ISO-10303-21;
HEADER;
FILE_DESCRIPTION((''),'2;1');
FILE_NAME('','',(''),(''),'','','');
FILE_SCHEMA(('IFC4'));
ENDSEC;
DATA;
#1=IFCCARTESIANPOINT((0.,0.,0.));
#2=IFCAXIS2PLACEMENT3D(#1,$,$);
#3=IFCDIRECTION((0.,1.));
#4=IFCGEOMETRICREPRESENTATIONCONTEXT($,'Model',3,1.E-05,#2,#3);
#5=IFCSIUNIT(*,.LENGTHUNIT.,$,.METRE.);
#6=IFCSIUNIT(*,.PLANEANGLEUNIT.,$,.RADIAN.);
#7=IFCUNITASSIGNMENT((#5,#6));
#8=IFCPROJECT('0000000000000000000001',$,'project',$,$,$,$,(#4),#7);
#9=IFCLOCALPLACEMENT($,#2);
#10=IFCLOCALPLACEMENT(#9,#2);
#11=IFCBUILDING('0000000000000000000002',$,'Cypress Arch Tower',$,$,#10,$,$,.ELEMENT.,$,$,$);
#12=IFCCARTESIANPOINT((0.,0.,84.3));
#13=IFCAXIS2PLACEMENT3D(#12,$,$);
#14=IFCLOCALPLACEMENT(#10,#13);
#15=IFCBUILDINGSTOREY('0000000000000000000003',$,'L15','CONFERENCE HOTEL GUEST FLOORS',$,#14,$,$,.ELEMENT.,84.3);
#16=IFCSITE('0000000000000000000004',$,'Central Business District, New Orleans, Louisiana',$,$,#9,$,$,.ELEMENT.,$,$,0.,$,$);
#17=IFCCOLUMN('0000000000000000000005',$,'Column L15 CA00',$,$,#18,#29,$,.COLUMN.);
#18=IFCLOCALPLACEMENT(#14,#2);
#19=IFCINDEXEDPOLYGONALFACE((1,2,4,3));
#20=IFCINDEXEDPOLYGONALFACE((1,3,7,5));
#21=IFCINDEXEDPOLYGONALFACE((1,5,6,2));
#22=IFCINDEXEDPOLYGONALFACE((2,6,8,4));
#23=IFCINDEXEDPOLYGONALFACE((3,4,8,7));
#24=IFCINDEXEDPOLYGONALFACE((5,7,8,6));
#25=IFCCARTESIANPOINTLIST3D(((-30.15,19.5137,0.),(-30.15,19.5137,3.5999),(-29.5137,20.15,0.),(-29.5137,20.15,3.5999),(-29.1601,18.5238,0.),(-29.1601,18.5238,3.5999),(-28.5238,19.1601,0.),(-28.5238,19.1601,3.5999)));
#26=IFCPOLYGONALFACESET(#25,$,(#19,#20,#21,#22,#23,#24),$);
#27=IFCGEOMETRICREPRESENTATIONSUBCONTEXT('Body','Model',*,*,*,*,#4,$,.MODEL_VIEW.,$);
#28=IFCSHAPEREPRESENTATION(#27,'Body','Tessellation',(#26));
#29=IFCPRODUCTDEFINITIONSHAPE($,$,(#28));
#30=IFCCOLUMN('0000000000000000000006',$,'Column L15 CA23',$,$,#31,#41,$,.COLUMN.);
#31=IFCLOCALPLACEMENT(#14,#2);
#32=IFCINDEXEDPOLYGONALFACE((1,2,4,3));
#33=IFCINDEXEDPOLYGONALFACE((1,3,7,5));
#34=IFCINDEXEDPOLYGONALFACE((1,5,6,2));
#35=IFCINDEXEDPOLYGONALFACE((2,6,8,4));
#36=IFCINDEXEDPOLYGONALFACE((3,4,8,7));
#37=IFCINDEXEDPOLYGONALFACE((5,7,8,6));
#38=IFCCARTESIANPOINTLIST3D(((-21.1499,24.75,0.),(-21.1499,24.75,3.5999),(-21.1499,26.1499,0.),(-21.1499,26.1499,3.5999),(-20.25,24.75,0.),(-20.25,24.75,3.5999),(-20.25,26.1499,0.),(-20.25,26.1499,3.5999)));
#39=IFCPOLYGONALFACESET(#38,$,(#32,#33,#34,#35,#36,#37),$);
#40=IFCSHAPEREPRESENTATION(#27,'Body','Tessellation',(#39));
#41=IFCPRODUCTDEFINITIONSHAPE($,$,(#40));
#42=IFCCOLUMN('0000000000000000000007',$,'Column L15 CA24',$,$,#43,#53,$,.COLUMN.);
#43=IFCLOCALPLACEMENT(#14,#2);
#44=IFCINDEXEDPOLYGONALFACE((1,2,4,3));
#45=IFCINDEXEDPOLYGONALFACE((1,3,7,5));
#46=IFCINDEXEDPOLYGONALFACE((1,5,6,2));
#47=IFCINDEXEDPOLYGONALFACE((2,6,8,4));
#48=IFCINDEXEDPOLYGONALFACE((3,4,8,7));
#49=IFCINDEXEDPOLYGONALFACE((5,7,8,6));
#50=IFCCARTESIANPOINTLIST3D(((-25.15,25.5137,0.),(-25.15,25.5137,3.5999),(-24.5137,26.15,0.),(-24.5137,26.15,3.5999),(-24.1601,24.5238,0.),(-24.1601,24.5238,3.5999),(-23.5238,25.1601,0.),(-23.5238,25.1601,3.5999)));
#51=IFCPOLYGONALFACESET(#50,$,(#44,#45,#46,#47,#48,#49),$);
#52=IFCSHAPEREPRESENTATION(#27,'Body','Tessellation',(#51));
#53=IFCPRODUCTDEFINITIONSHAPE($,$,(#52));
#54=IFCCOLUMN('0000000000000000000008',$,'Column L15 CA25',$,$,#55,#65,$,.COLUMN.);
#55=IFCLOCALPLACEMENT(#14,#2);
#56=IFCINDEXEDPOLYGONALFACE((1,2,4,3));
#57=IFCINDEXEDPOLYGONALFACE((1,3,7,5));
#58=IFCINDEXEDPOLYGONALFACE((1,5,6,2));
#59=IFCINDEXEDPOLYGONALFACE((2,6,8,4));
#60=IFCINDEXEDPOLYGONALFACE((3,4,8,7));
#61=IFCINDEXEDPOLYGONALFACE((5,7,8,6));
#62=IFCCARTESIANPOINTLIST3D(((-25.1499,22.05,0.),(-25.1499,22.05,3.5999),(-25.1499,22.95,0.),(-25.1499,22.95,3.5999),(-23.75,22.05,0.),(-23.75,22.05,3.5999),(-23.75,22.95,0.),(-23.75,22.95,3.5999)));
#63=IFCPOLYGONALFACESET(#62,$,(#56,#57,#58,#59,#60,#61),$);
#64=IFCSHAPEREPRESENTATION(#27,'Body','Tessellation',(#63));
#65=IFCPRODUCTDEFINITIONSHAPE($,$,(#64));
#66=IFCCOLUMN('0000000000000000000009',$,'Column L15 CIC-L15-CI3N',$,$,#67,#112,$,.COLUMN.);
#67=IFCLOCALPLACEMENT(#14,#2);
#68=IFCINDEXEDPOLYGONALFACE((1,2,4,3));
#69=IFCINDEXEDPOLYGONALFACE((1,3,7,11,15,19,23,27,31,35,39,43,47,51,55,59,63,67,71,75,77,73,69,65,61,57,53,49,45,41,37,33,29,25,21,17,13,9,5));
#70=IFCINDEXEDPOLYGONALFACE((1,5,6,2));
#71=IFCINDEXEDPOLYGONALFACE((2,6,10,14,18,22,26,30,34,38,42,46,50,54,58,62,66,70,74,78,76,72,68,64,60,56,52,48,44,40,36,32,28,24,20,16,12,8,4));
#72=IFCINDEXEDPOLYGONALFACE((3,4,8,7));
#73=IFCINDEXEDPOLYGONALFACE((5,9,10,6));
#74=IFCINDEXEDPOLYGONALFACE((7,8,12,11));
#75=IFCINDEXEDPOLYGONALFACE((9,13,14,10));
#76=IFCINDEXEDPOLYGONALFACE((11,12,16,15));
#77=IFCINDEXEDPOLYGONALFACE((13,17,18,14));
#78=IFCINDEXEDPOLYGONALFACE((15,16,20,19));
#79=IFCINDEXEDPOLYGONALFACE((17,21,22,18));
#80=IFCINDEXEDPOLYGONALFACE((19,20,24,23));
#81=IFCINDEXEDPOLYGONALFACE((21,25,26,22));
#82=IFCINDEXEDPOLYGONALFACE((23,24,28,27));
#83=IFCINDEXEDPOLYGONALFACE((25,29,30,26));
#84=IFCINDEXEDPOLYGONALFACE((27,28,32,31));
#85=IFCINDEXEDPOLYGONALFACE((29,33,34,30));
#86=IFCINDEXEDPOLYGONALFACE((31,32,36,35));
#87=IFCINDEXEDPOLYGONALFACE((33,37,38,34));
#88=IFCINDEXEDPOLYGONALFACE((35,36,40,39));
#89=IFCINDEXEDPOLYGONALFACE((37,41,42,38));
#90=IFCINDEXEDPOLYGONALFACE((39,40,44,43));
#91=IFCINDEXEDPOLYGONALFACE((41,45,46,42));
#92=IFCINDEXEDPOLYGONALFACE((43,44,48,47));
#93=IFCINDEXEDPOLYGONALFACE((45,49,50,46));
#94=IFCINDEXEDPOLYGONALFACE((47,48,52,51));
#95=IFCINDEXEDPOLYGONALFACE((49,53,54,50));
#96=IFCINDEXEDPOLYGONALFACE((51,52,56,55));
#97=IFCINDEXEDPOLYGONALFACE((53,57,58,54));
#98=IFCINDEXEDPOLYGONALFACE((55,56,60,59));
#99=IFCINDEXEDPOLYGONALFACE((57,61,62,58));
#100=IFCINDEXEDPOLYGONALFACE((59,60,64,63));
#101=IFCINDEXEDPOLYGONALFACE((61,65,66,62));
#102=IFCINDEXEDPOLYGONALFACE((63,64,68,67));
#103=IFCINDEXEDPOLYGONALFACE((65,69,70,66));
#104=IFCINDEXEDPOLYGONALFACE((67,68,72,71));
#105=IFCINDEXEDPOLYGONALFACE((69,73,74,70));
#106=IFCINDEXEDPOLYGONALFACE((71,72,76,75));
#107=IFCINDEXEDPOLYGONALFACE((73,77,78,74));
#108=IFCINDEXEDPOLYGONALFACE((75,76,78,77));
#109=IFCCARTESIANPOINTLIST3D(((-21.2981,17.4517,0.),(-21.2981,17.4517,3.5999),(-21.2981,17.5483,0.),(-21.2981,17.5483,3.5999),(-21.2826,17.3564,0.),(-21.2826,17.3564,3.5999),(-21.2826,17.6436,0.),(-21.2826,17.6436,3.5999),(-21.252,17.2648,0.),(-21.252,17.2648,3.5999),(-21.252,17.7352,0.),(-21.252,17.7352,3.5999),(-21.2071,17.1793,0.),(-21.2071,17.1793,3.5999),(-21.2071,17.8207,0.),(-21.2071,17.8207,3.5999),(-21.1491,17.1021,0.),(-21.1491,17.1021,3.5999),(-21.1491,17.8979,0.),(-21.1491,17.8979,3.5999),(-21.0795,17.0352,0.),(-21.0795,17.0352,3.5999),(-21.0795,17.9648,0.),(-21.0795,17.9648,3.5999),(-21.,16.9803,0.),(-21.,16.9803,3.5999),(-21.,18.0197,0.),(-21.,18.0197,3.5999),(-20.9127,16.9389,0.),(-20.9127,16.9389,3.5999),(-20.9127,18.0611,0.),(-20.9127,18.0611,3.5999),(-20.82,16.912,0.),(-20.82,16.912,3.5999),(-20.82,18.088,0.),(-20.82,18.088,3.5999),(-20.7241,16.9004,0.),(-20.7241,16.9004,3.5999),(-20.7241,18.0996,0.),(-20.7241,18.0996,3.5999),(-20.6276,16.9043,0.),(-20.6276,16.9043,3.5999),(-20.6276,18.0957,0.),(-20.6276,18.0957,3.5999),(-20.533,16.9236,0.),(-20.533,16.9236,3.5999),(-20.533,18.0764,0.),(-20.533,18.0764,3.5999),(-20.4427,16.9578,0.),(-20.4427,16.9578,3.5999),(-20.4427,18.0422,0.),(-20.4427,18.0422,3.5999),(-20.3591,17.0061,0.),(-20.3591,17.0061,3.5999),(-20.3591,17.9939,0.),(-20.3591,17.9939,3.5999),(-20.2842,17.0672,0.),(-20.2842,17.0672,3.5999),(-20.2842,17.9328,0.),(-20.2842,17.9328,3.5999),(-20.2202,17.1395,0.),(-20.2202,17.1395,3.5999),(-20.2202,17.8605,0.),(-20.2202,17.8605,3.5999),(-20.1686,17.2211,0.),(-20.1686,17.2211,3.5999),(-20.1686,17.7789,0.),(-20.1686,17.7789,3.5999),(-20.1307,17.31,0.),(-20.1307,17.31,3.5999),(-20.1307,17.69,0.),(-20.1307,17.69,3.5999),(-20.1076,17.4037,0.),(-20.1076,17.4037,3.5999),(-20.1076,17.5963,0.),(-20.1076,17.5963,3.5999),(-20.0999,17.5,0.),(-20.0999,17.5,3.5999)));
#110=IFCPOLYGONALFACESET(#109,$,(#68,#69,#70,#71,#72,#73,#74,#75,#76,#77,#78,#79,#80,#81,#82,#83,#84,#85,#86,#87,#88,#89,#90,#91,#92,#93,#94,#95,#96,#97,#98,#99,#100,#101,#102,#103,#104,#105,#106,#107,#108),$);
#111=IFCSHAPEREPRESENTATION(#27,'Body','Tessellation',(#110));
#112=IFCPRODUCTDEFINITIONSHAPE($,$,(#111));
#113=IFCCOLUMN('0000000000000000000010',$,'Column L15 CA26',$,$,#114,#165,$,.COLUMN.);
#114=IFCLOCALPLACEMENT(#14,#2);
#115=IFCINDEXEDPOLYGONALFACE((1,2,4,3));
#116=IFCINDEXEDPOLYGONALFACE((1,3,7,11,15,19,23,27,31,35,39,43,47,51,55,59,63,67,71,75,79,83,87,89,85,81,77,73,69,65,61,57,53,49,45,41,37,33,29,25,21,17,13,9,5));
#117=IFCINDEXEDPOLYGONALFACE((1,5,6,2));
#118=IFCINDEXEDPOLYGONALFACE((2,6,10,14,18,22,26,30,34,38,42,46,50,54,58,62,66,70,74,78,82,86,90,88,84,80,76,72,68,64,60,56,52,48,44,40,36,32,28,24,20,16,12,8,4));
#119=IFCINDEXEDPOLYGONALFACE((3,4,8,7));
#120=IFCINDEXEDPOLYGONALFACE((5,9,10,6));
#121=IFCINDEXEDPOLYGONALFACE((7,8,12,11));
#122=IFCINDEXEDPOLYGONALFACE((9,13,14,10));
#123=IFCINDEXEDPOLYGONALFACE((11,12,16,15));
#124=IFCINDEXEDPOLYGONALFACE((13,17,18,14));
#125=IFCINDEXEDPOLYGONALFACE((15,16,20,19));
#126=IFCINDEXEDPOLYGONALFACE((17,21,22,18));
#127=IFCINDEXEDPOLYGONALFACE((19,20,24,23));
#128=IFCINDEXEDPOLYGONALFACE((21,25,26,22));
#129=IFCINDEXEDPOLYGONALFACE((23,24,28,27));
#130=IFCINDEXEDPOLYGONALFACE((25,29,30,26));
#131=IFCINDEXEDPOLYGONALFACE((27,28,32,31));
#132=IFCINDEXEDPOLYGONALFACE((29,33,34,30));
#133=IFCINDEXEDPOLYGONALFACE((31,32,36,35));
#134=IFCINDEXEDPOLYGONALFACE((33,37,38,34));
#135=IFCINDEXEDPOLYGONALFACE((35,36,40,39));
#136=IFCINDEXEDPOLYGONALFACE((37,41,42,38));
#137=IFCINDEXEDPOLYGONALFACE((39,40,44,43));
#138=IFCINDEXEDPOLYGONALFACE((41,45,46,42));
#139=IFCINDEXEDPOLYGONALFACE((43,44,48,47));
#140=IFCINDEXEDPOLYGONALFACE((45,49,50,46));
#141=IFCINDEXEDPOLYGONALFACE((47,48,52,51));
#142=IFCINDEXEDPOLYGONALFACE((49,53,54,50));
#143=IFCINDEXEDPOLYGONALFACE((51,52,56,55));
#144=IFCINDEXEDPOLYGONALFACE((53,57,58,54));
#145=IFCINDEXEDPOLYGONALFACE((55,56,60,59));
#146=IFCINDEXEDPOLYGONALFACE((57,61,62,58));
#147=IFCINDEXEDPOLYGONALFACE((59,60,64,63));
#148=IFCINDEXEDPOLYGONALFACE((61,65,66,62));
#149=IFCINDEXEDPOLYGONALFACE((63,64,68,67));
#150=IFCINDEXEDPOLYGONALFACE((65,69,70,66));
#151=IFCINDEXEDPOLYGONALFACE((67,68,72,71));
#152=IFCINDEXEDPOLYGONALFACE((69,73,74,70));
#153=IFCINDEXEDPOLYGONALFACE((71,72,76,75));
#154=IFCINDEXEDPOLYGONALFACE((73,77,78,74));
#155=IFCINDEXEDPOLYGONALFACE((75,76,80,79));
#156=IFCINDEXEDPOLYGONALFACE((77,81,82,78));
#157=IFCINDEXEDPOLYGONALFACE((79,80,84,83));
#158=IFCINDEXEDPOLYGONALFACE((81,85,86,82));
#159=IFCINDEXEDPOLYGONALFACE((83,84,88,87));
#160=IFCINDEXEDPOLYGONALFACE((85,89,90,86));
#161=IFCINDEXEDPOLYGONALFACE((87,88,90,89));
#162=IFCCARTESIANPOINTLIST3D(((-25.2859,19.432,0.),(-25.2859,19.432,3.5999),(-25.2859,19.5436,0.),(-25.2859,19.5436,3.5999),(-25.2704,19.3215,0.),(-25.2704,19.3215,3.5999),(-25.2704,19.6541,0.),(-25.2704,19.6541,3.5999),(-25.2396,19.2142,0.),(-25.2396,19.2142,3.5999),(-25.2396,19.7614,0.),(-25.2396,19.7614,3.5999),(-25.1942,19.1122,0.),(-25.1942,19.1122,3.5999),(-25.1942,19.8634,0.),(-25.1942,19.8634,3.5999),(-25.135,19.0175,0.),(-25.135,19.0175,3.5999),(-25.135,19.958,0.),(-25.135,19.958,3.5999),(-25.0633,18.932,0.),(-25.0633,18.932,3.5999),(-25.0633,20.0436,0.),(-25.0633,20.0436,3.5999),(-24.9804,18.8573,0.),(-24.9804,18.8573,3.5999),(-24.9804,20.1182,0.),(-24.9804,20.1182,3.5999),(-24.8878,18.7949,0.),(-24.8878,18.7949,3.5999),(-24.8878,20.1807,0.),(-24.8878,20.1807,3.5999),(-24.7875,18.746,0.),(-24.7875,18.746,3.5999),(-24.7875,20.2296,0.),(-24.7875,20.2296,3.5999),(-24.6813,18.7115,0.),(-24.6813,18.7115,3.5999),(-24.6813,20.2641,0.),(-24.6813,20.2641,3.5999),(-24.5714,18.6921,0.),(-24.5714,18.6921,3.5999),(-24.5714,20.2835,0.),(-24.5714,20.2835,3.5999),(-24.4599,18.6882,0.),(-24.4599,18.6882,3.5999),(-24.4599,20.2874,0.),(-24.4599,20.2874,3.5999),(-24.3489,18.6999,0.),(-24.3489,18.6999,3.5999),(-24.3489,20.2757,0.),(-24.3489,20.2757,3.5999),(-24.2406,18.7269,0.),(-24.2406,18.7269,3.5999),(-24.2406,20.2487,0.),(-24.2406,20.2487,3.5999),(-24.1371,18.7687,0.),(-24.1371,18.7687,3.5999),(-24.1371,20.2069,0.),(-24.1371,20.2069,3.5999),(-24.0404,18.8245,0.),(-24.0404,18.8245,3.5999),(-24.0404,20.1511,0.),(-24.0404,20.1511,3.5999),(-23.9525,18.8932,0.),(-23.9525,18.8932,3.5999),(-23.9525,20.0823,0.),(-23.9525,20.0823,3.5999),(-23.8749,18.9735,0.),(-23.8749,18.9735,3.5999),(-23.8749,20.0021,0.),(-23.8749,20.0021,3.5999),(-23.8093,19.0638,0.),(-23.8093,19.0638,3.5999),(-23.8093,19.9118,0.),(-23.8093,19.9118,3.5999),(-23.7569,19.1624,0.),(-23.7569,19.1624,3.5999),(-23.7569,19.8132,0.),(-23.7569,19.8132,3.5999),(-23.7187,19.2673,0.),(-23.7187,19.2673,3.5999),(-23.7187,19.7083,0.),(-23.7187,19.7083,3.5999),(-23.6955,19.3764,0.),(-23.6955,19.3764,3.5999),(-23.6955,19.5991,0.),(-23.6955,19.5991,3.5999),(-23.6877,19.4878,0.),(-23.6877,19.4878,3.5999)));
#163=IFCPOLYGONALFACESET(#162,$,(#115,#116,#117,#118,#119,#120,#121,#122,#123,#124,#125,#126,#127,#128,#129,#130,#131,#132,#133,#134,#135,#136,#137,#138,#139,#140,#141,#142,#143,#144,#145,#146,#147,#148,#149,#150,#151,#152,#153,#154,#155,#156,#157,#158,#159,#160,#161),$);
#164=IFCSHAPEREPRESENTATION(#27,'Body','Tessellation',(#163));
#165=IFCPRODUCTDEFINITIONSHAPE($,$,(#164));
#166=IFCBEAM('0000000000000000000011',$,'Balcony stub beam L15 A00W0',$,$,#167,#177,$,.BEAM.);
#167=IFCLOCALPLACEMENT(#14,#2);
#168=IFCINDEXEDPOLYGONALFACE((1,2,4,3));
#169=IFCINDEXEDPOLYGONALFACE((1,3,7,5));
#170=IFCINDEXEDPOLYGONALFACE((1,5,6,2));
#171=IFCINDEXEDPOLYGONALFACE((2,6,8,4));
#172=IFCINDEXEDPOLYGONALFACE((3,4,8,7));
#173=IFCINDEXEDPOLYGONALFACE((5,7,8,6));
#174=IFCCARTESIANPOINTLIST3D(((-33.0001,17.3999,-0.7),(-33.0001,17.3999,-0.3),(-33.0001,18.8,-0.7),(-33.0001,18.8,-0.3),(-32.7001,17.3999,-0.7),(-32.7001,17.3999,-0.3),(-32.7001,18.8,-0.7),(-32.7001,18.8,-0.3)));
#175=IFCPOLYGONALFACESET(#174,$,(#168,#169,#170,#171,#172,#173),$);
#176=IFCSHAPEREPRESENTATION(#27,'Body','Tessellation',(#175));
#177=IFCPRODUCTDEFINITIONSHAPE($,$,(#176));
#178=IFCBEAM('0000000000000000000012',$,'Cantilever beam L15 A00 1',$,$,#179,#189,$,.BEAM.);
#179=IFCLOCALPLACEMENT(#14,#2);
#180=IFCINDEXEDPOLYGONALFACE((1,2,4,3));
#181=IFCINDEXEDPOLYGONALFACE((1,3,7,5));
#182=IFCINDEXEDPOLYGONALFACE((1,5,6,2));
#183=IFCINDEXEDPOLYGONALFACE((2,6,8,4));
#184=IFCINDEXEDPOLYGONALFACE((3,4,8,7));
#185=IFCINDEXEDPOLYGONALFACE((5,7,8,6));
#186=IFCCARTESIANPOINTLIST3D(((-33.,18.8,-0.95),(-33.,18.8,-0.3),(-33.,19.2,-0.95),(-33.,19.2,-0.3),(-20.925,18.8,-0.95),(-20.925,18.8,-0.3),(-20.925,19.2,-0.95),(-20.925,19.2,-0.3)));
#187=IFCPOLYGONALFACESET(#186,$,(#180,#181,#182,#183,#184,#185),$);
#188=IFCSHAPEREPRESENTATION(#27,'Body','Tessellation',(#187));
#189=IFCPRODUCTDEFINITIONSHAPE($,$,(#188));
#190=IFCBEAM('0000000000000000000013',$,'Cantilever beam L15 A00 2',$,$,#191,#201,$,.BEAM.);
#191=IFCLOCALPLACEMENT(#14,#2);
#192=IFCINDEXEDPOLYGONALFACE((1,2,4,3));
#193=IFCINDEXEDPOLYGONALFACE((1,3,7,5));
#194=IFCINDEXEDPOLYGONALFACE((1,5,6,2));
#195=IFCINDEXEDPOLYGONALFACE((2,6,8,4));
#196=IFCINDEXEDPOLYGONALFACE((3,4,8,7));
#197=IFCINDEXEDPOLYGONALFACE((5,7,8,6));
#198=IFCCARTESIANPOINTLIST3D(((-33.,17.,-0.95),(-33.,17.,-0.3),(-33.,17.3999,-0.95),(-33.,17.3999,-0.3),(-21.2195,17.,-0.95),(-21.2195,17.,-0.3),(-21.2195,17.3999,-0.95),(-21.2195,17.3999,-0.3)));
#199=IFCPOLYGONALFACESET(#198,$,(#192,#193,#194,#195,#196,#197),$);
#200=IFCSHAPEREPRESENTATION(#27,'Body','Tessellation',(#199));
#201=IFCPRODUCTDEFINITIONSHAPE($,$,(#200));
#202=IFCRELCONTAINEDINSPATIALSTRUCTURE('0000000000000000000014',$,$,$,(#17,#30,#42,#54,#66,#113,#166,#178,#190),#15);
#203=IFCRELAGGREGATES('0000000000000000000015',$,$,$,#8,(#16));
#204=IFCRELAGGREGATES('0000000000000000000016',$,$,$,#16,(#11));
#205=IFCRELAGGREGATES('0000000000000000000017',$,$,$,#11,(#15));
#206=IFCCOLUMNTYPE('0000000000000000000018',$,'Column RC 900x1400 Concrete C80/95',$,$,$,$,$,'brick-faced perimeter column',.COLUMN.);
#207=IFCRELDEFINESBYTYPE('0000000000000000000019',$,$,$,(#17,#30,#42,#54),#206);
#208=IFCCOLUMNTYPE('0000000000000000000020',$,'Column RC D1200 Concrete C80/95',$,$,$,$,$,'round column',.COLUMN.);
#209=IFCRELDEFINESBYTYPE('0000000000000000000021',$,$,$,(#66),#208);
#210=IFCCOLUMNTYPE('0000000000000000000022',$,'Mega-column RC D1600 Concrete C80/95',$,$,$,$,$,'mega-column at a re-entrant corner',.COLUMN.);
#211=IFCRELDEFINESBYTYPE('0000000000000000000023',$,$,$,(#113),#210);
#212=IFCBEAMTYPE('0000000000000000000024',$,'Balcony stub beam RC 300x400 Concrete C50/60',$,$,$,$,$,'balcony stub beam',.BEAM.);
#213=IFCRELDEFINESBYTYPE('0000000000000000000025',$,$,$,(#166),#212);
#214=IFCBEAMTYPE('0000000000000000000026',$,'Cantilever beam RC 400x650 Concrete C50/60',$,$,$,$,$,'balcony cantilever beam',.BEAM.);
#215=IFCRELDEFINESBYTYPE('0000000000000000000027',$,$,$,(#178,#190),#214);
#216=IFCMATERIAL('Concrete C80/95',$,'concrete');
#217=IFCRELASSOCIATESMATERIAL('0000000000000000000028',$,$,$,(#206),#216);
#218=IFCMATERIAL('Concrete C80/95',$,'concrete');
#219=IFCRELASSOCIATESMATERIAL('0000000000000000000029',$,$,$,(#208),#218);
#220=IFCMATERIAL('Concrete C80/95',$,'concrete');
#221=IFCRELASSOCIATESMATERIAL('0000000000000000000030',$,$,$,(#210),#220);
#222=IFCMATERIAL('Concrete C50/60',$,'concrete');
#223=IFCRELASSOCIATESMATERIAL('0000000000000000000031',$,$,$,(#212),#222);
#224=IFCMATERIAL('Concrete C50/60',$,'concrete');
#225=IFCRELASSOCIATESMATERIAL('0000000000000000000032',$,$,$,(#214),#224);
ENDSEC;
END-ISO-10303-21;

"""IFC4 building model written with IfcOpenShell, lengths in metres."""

from ifc_helpers import new_model, si_unit, direction, frame, origin, origin_2d, place, context, subcontext, project, spatial, rectangle, circle, extrude, material, material_profile, profile_set, type_object, element, save


model = new_model("IFC4")

# Units and contexts
model_context = context("Model", 3, precision=1e-05, world=origin(), true_north=direction((0.0, 1.0)))
body_context = subcontext(model_context, "Body", "Model", "MODEL_VIEW")
ifc_project = project(units=[si_unit("LENGTHUNIT", "METRE"), si_unit("PLANEANGLEUNIT", "RADIAN")], contexts=[model_context])

# Site, building, storey
site_placement = place(None, origin())
site = spatial("IfcSite", under=ifc_project, at=site_placement, Name="Central Business District, New Orleans, Louisiana", CompositionType="ELEMENT", RefElevation=0.0)
building_placement = place(site_placement, origin())
building = spatial("IfcBuilding", under=site, at=building_placement, Name="Cypress Arch Tower", CompositionType="ELEMENT")
storey_placement = place(building_placement, frame((0.0, 0.0, 84.3)))
storey = spatial("IfcBuildingStorey", under=building, at=storey_placement, Name="L15", Description="CONFERENCE HOTEL GUEST FLOORS", CompositionType="ELEMENT", Elevation=84.3)

# Columns
ifc_material_1 = material(Name="Concrete C80/95", Category="concrete")
ifc_material_profile_1 = material_profile(ifc_material_1, rectangle(XDim=0.8999, YDim=1.3999, at=origin_2d()), Name="RC 900x1400")
ifc_profile_set_1 = profile_set([ifc_material_profile_1], Name="Concrete C80/95")
column_type_1 = type_object("IfcColumnType", Name="Column RC 900x1400 Concrete C80/95", ElementType="brick-faced perimeter column", PredefinedType="COLUMN", material=ifc_profile_set_1)
for number, where, z_axis, x_axis, name in (
    (1, (-29.3369, 19.3369, 0.0), (0.0, 0.0, 1.0), (-0.707107, -0.707107, 0.0), "Column L15 CA00"),
    (2, (-20.7, 25.45, 0.0), (0.0, 0.0, 1.0), (-1.0, 0.0, 0.0), "Column L15 CA23"),
    (3, (-24.3369, 25.3369, 0.0), (0.0, 0.0, 1.0), (-0.707107, -0.707107, 0.0), "Column L15 CA24"),
    (4, (-24.45, 22.5, 0.0), (0.0, 0.0, 1.0), (0.0, -1.0, 0.0), "Column L15 CA25"),
):
    element("IfcColumn", number, at=place(storey_placement, frame(where, z_axis=z_axis, x_axis=x_axis)), inside=storey, type_object=column_type_1, Name=name, PredefinedType="COLUMN", context=body_context, shape_type="SweptSolid", body=[
        extrude(rectangle(XDim=0.8999, YDim=1.3999, at=origin_2d()), origin(), (0.0, 0.0, 1.0), 3.5999),
    ])
ifc_material_2 = material(Name="Concrete C80/95", Category="concrete")
ifc_material_profile_2 = material_profile(ifc_material_2, circle(Radius=0.6001, at=origin_2d()), Name="RC D1200")
ifc_profile_set_2 = profile_set([ifc_material_profile_2], Name="Concrete C80/95")
column_type_2 = type_object("IfcColumnType", Name="Column RC D1200 Concrete C80/95", ElementType="round column", PredefinedType="COLUMN", material=ifc_profile_set_2)
column_1_placement = place(storey_placement, frame((-20.7, 17.5, 0.0), z_axis=(0.0, 0.0, 1.0), x_axis=(1.0, 0.0, 0.0)))
element("IfcColumn", 5, at=column_1_placement, inside=storey, type_object=column_type_2, Name="Column L15 CIC-L15-CI3N", PredefinedType="COLUMN", context=body_context, shape_type="SweptSolid", body=[
    extrude(circle(Radius=0.6001, at=origin_2d()), origin(), (0.0, 0.0, 1.0), 3.5999),
])
ifc_material_3 = material(Name="Concrete C80/95", Category="concrete")
ifc_material_profile_3 = material_profile(ifc_material_3, circle(Radius=0.8, at=origin_2d()), Name="RC D1600")
ifc_profile_set_3 = profile_set([ifc_material_profile_3], Name="Concrete C80/95")
column_type_3 = type_object("IfcColumnType", Name="Mega-column RC D1600 Concrete C80/95", ElementType="mega-column at a re-entrant corner", PredefinedType="COLUMN", material=ifc_profile_set_3)
column_2_placement = place(storey_placement, frame((-24.4878, 19.4878, 0.0), z_axis=(0.0, 0.0, 1.0), x_axis=(1.0, 0.0, 0.0)))
element("IfcColumn", 6, at=column_2_placement, inside=storey, type_object=column_type_3, Name="Column L15 CA26", PredefinedType="COLUMN", context=body_context, shape_type="SweptSolid", body=[
    extrude(circle(Radius=0.8, at=origin_2d()), origin(), (0.0, 0.0, 1.0), 3.5999),
])

# Beams
ifc_material_4 = material(Name="Concrete C50/60", Category="concrete")
ifc_material_profile_4 = material_profile(ifc_material_4, rectangle(XDim=0.3, YDim=0.3999, at=origin_2d()), Name="RC 300x400")
ifc_profile_set_4 = profile_set([ifc_material_profile_4], Name="Concrete C50/60")
beam_type_1 = type_object("IfcBeamType", Name="Balcony stub beam RC 300x400 Concrete C50/60", ElementType="balcony stub beam", PredefinedType="BEAM", material=ifc_profile_set_4)
beam_1_placement = place(storey_placement, frame((-32.8501, 18.8, -0.5), z_axis=(0.0, -1.0, 0.0), x_axis=(1.0, 0.0, 0.0)))
element("IfcBeam", 7, at=beam_1_placement, inside=storey, type_object=beam_type_1, Name="Balcony stub beam L15 A00W0", PredefinedType="BEAM", context=body_context, shape_type="SweptSolid", body=[
    extrude(rectangle(XDim=0.3, YDim=0.3999, at=origin_2d()), origin(), (0.0, 0.0, 1.0), 1.4001),
])
ifc_material_5 = material(Name="Concrete C50/60", Category="concrete")
ifc_material_profile_5 = material_profile(ifc_material_5, rectangle(XDim=0.3999, YDim=0.6499, at=origin_2d()), Name="RC 400x650")
ifc_profile_set_5 = profile_set([ifc_material_profile_5], Name="Concrete C50/60")
beam_type_2 = type_object("IfcBeamType", Name="Cantilever beam RC 400x650 Concrete C50/60", ElementType="balcony cantilever beam", PredefinedType="BEAM", material=ifc_profile_set_5)
beam_2_placement = place(storey_placement, frame((-20.925, 19.0, -0.625), z_axis=(-1.0, 0.0, 0.0), x_axis=(0.0, -1.0, 0.0)))
element("IfcBeam", 8, at=beam_2_placement, inside=storey, type_object=beam_type_2, Name="Cantilever beam L15 A00 1", PredefinedType="BEAM", context=body_context, shape_type="SweptSolid", body=[
    extrude(rectangle(XDim=0.3999, YDim=0.6499, at=origin_2d()), origin(), (0.0, 0.0, 1.0), 12.075),
])
beam_3_placement = place(storey_placement, frame((-21.2195, 17.2, -0.625), z_axis=(-1.0, 0.0, 0.0), x_axis=(0.0, -1.0, 0.0)))
element("IfcBeam", 9, at=beam_3_placement, inside=storey, type_object=beam_type_2, Name="Cantilever beam L15 A00 2", PredefinedType="BEAM", context=body_context, shape_type="SweptSolid", body=[
    extrude(rectangle(XDim=0.3999, YDim=0.6499, at=origin_2d()), origin(), (0.0, 0.0, 1.0), 11.7805),
])

save(model, "model.ifc")
